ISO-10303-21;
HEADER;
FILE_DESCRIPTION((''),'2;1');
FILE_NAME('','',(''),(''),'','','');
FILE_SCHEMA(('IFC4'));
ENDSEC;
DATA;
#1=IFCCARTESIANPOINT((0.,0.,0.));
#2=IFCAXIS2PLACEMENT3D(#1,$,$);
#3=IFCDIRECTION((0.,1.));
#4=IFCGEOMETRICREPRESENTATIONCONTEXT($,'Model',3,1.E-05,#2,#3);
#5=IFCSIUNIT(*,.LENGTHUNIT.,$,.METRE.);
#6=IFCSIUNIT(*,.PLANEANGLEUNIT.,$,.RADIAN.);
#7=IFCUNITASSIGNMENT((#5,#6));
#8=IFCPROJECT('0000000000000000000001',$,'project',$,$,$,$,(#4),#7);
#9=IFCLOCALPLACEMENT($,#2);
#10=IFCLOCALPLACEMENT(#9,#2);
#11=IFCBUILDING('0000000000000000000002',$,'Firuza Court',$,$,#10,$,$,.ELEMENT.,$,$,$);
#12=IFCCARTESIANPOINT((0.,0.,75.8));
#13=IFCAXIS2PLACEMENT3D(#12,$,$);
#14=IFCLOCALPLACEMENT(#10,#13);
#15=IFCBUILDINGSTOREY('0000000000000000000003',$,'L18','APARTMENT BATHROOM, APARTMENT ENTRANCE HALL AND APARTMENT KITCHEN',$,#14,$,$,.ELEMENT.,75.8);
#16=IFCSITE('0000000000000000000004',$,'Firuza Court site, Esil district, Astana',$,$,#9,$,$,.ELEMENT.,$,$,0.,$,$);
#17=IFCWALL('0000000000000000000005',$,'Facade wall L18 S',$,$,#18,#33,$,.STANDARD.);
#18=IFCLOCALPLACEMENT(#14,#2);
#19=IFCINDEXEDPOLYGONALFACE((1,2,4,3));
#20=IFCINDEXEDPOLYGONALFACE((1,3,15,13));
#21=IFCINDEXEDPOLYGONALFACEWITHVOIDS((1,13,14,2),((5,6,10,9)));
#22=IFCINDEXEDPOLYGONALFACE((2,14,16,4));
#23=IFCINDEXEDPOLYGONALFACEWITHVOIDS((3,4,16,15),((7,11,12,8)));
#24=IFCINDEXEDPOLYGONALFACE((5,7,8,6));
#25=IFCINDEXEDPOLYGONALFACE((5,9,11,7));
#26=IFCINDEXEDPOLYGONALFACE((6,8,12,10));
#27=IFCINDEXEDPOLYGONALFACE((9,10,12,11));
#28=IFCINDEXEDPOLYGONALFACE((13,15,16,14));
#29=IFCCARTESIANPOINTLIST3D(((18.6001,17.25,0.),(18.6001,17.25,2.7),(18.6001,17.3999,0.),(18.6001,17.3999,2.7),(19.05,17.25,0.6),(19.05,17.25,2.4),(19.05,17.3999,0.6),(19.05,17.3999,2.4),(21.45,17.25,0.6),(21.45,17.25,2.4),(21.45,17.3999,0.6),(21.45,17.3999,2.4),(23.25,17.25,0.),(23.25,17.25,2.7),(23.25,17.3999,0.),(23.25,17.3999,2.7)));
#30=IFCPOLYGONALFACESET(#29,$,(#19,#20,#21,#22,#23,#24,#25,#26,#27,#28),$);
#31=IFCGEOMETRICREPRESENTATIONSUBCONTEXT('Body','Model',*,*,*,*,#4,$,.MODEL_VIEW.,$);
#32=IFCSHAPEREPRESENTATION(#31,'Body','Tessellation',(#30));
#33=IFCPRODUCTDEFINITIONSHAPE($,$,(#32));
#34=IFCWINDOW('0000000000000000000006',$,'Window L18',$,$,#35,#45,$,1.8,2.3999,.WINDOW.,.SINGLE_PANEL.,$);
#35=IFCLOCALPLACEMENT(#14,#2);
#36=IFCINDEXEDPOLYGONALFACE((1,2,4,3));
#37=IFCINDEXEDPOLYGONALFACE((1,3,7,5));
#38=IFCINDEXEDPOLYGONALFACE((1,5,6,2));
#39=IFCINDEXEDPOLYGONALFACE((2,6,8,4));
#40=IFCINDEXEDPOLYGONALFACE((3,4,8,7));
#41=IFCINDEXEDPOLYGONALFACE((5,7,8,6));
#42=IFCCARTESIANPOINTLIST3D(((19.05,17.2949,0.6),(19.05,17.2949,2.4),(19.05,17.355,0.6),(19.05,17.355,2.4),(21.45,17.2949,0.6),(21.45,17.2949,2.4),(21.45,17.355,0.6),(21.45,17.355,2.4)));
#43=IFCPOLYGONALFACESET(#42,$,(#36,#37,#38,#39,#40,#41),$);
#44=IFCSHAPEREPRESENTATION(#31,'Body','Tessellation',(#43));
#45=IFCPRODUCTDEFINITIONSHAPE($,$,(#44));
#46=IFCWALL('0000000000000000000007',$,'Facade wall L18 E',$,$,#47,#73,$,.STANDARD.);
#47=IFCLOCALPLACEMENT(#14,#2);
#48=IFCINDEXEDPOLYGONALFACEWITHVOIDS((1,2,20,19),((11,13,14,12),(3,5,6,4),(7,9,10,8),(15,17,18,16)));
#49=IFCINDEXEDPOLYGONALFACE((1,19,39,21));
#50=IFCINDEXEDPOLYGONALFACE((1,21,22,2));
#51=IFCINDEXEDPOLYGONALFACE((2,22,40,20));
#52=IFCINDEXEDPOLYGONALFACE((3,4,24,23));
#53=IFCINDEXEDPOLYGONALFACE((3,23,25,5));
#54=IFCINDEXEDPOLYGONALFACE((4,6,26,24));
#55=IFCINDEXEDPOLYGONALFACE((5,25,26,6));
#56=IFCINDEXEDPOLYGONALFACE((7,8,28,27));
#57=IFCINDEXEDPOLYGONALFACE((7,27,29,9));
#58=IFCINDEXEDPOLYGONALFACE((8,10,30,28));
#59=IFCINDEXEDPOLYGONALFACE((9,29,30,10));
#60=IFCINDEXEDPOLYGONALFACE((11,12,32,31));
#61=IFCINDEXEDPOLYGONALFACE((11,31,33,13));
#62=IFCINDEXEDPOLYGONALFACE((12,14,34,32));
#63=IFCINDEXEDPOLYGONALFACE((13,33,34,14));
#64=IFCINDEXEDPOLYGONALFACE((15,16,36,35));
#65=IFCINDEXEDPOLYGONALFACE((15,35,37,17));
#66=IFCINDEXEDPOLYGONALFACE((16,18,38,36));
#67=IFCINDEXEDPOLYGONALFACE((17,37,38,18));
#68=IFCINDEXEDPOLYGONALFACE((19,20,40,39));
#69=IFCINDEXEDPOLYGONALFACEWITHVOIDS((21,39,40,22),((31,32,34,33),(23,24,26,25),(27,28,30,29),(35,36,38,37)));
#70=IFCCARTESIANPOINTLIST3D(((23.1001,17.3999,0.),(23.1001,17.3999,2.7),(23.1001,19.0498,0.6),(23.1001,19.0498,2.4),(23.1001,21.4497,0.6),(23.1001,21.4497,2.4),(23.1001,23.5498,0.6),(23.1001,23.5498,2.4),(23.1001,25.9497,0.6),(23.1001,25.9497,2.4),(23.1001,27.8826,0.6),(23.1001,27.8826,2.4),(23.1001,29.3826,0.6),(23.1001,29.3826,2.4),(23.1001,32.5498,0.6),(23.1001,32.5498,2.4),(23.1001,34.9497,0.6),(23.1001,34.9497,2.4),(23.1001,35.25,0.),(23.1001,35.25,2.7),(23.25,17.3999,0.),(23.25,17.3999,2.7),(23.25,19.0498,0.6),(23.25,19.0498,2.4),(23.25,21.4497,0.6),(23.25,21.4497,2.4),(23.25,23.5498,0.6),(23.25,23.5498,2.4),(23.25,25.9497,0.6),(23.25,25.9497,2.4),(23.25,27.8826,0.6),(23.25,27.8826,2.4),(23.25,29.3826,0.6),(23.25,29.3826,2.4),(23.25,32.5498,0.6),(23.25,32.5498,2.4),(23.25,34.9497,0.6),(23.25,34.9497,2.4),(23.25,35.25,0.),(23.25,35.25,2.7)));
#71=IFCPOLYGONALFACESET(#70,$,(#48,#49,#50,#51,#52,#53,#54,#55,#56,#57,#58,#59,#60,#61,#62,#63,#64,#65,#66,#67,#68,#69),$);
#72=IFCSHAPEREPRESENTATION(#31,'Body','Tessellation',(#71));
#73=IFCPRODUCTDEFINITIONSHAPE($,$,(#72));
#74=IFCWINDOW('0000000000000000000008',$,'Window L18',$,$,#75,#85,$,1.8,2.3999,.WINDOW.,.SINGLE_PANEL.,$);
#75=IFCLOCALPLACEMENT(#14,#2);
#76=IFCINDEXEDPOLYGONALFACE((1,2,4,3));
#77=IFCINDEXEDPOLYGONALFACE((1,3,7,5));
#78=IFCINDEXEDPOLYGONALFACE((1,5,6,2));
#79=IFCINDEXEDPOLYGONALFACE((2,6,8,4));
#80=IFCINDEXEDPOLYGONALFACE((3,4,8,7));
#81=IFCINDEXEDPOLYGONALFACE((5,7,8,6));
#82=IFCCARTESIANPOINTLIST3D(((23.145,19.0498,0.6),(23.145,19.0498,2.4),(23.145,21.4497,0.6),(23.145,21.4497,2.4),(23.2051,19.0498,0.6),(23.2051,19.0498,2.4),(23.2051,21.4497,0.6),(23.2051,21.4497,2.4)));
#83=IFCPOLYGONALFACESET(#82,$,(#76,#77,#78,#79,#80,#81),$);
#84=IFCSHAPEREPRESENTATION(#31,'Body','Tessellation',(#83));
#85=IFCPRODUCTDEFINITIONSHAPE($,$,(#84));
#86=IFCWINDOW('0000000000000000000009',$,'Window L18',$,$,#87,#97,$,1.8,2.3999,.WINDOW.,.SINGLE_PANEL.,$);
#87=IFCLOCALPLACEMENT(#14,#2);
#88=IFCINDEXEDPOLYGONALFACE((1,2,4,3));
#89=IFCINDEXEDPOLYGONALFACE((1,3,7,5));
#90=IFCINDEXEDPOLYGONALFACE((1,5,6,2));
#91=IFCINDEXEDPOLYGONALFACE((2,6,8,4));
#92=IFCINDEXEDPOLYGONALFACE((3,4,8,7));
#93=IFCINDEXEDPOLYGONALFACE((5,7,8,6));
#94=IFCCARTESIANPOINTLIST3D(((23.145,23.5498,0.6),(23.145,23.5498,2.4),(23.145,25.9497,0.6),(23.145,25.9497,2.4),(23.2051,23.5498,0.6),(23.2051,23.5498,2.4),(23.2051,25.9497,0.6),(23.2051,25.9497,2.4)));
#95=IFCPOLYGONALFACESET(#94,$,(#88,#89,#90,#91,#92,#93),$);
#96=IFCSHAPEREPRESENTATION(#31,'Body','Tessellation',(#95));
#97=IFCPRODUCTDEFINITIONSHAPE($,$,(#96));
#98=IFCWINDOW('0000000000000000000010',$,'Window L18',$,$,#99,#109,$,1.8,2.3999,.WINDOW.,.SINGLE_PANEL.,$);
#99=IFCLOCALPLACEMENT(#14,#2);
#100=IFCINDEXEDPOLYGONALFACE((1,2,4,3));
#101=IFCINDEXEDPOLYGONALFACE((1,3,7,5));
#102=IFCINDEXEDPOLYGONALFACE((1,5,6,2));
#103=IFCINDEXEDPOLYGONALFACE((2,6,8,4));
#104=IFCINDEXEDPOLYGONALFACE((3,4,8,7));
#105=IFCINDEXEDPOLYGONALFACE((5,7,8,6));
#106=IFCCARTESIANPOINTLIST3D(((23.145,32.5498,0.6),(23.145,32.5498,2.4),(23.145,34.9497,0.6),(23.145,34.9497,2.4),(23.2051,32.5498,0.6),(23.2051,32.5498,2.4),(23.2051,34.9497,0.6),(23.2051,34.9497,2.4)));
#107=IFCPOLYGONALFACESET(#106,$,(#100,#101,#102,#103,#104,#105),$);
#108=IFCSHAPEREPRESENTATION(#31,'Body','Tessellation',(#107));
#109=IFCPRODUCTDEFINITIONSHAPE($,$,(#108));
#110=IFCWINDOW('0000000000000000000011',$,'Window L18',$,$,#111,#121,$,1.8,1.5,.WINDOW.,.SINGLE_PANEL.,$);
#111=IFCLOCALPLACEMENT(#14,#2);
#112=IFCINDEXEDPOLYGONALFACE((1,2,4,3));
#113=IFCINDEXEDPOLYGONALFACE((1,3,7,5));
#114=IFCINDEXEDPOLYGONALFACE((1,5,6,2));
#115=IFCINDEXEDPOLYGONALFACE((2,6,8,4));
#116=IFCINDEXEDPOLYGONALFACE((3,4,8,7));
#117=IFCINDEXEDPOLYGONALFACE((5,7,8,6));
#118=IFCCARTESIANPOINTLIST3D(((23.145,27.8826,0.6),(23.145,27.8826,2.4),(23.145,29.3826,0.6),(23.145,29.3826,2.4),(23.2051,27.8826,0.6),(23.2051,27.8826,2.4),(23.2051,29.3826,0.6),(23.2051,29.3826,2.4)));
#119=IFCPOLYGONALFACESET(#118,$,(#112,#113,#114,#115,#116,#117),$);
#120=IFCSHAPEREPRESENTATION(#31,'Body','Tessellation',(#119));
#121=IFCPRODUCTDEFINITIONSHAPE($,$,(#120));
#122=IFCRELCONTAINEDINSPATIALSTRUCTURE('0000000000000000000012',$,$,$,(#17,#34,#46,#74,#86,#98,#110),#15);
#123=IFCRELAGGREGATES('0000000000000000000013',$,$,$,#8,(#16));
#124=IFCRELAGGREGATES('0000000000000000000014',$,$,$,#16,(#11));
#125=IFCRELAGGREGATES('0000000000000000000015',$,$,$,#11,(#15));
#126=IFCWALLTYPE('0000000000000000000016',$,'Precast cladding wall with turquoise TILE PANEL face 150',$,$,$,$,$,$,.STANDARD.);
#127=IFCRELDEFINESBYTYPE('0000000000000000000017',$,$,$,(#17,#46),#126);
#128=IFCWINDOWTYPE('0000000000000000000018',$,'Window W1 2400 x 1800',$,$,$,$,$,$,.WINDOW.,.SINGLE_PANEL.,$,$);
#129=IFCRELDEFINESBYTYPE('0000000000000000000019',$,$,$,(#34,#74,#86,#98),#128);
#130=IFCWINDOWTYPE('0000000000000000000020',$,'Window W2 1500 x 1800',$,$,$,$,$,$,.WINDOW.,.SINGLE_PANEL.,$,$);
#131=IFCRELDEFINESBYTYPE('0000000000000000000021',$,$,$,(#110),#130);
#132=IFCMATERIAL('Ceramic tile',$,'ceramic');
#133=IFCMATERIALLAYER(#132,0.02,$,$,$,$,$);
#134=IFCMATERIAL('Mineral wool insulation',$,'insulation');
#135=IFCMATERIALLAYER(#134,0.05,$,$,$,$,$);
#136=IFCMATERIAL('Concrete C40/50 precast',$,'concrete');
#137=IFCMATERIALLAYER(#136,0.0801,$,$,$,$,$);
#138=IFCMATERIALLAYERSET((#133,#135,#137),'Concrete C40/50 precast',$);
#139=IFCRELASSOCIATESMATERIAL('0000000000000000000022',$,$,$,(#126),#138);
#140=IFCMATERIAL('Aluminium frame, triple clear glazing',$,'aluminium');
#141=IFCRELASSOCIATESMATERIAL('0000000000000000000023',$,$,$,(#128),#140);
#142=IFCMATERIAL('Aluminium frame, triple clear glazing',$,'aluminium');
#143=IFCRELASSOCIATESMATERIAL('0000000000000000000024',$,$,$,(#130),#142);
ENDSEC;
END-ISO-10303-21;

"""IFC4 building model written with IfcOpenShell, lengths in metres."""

from ifc_helpers import new_model, si_unit, direction, frame, frame_2d, origin, place, context, subcontext, project, spatial, rectangle, extrude, material, layer, layer_set, type_object, element, fill, save


model = new_model("IFC4")

# Units and contexts
model_context = context("Model", 3, precision=1e-05, world=origin(), true_north=direction((0.0, 1.0)))
body_context = subcontext(model_context, "Body", "Model", "MODEL_VIEW")
ifc_project = project(units=[si_unit("LENGTHUNIT", "METRE"), si_unit("PLANEANGLEUNIT", "RADIAN")], contexts=[model_context])

# Site, building, storey
site_placement = place(None, origin())
site = spatial("IfcSite", under=ifc_project, at=site_placement, Name="Firuza Court site, Esil district, Astana", CompositionType="ELEMENT", RefElevation=0.0)
building_placement = place(site_placement, origin())
building = spatial("IfcBuilding", under=site, at=building_placement, Name="Firuza Court", CompositionType="ELEMENT")
storey_placement = place(building_placement, frame((0.0, 0.0, 75.8)))
storey = spatial("IfcBuildingStorey", under=building, at=storey_placement, Name="L18", Description="APARTMENT BATHROOM, APARTMENT ENTRANCE HALL AND APARTMENT KITCHEN", CompositionType="ELEMENT", Elevation=75.8)

# Shared definitions
ifc_material_1 = material(Name="Ceramic tile", Category="ceramic")
ifc_layer_1 = layer(ifc_material_1, 0.02)
ifc_material_2 = material(Name="Mineral wool insulation", Category="insulation")
ifc_layer_2 = layer(ifc_material_2, 0.05)
ifc_material_3 = material(Name="Concrete C40/50 precast", Category="concrete")
ifc_layer_3 = layer(ifc_material_3, 0.0801)
ifc_layer_set_1 = layer_set([ifc_layer_1, ifc_layer_2, ifc_layer_3], Name="Concrete C40/50 precast")
wall_type_1 = type_object("IfcWallType", Name="Precast cladding wall with turquoise TILE PANEL face 150", PredefinedType="STANDARD", material=ifc_layer_set_1)
ifc_material_4 = material(Name="Aluminium frame, triple clear glazing", Category="aluminium")
window_type_1 = type_object("IfcWindowType", Name="Window W1 2400 x 1800", PartitioningType="SINGLE_PANEL", PredefinedType="WINDOW", material=ifc_material_4)

# Wall, opening, window
wall_1_placement = place(storey_placement, frame((18.6001, 17.325, 0.0), z_axis=(0.0, 0.0, 1.0), x_axis=(1.0, 0.0, 0.0)))
wall_1 = element("IfcWall", 1, at=wall_1_placement, inside=storey, type_object=wall_type_1, Name="Facade wall L18 S", PredefinedType="STANDARD", context=body_context, shape_type="SweptSolid", body=[
    extrude(rectangle(XDim=4.6499, YDim=0.1499, at=frame_2d((2.325, 0.0))), origin(), (0.0, 0.0, 1.0), 2.7),
])
opening_1_placement = place(wall_1_placement, frame((0.45, 0.0, 0.6001)))
opening_1 = element("IfcOpeningElement", 2, at=opening_1_placement, cuts=wall_1, PredefinedType="OPENING", context=body_context, shape_type="SweptSolid", body=[
    extrude(rectangle(XDim=2.3999, YDim=1.8, at=frame_2d((1.2, 0.8999))), frame((0.0, 0.0869, 0.0), z_axis=(0.0, -1.0, 0.0), x_axis=(1.0, 0.0, 0.0)), (0.0, 0.0, 1.0), 0.1738),
])
window_1_placement = place(opening_1_placement, origin())
window_1 = element("IfcWindow", 3, at=window_1_placement, inside=storey, type_object=window_type_1, Name="Window L18", OverallHeight=1.8, OverallWidth=2.3999, PartitioningType="SINGLE_PANEL", PredefinedType="WINDOW", context=body_context, shape_type="SweptSolid", body=[
    extrude(rectangle(XDim=2.3999, YDim=1.8, at=frame_2d((1.2, 0.8999))), frame((0.0, 0.03, 0.0), z_axis=(0.0, -1.0, 0.0), x_axis=(1.0, 0.0, 0.0)), (0.0, 0.0, 1.0), 0.0601),
])
fill(opening_1, window_1)

# Wall, openings, windows
wall_2_placement = place(storey_placement, frame((23.175, 17.3999, 0.0), z_axis=(0.0, 0.0, 1.0), x_axis=(0.0, 1.0, 0.0)))
wall_2 = element("IfcWall", 4, at=wall_2_placement, inside=storey, type_object=wall_type_1, Name="Facade wall L18 E", PredefinedType="STANDARD", context=body_context, shape_type="SweptSolid", body=[
    extrude(rectangle(XDim=17.8501, YDim=0.1499, at=frame_2d((8.925, 0.0))), origin(), (0.0, 0.0, 1.0), 2.7),
])
opening_2_placement = place(wall_2_placement, frame((1.6499, 0.0, 0.6001)))
opening_2 = element("IfcOpeningElement", 5, at=opening_2_placement, cuts=wall_2, PredefinedType="OPENING", context=body_context, shape_type="SweptSolid", body=[
    extrude(rectangle(XDim=2.3999, YDim=1.8, at=frame_2d((1.2, 0.8999))), frame((0.0, 0.0869, 0.0), z_axis=(0.0, -1.0, 0.0), x_axis=(1.0, 0.0, 0.0)), (0.0, 0.0, 1.0), 0.1738),
])
opening_3_placement = place(wall_2_placement, frame((6.1499, 0.0, 0.6001)))
opening_3 = element("IfcOpeningElement", 6, at=opening_3_placement, cuts=wall_2, PredefinedType="OPENING", context=body_context, shape_type="SweptSolid", body=[
    extrude(rectangle(XDim=2.3999, YDim=1.8, at=frame_2d((1.2, 0.8999))), frame((0.0, 0.0869, 0.0), z_axis=(0.0, -1.0, 0.0), x_axis=(1.0, 0.0, 0.0)), (0.0, 0.0, 1.0), 0.1738),
])
opening_4_placement = place(wall_2_placement, frame((10.4827, 0.0, 0.6001)))
opening_4 = element("IfcOpeningElement", 7, at=opening_4_placement, cuts=wall_2, PredefinedType="OPENING", context=body_context, shape_type="SweptSolid", body=[
    extrude(rectangle(XDim=1.5, YDim=1.8, at=frame_2d((0.75, 0.8999))), frame((0.0, 0.0869, 0.0), z_axis=(0.0, -1.0, 0.0), x_axis=(1.0, 0.0, 0.0)), (0.0, 0.0, 1.0), 0.1738),
])
opening_5_placement = place(wall_2_placement, frame((15.1499, 0.0, 0.6001)))
opening_5 = element("IfcOpeningElement", 8, at=opening_5_placement, cuts=wall_2, PredefinedType="OPENING", context=body_context, shape_type="SweptSolid", body=[
    extrude(rectangle(XDim=2.3999, YDim=1.8, at=frame_2d((1.2, 0.8999))), frame((0.0, 0.0869, 0.0), z_axis=(0.0, -1.0, 0.0), x_axis=(1.0, 0.0, 0.0)), (0.0, 0.0, 1.0), 0.1738),
])
window_2_placement = place(opening_2_placement, origin())
window_2 = element("IfcWindow", 9, at=window_2_placement, inside=storey, type_object=window_type_1, Name="Window L18", OverallHeight=1.8, OverallWidth=2.3999, PartitioningType="SINGLE_PANEL", PredefinedType="WINDOW", context=body_context, shape_type="SweptSolid", body=[
    extrude(rectangle(XDim=2.3999, YDim=1.8, at=frame_2d((1.2, 0.8999))), frame((0.0, 0.03, 0.0), z_axis=(0.0, -1.0, 0.0), x_axis=(1.0, 0.0, 0.0)), (0.0, 0.0, 1.0), 0.0601),
])
fill(opening_2, window_2)
window_3_placement = place(opening_3_placement, origin())
window_3 = element("IfcWindow", 10, at=window_3_placement, inside=storey, type_object=window_type_1, Name="Window L18", OverallHeight=1.8, OverallWidth=2.3999, PartitioningType="SINGLE_PANEL", PredefinedType="WINDOW", context=body_context, shape_type="SweptSolid", body=[
    extrude(rectangle(XDim=2.3999, YDim=1.8, at=frame_2d((1.2, 0.8999))), frame((0.0, 0.03, 0.0), z_axis=(0.0, -1.0, 0.0), x_axis=(1.0, 0.0, 0.0)), (0.0, 0.0, 1.0), 0.0601),
])
fill(opening_3, window_3)
window_4_placement = place(opening_5_placement, origin())
window_4 = element("IfcWindow", 11, at=window_4_placement, inside=storey, type_object=window_type_1, Name="Window L18", OverallHeight=1.8, OverallWidth=2.3999, PartitioningType="SINGLE_PANEL", PredefinedType="WINDOW", context=body_context, shape_type="SweptSolid", body=[
    extrude(rectangle(XDim=2.3999, YDim=1.8, at=frame_2d((1.2, 0.8999))), frame((0.0, 0.03, 0.0), z_axis=(0.0, -1.0, 0.0), x_axis=(1.0, 0.0, 0.0)), (0.0, 0.0, 1.0), 0.0601),
])
fill(opening_5, window_4)
ifc_material_5 = material(Name="Aluminium frame, triple clear glazing", Category="aluminium")
window_type_2 = type_object("IfcWindowType", Name="Window W2 1500 x 1800", PartitioningType="SINGLE_PANEL", PredefinedType="WINDOW", material=ifc_material_5)
window_5_placement = place(opening_4_placement, origin())
window_5 = element("IfcWindow", 12, at=window_5_placement, inside=storey, type_object=window_type_2, Name="Window L18", OverallHeight=1.8, OverallWidth=1.5, PartitioningType="SINGLE_PANEL", PredefinedType="WINDOW", context=body_context, shape_type="SweptSolid", body=[
    extrude(rectangle(XDim=1.5, YDim=1.8, at=frame_2d((0.75, 0.8999))), frame((0.0, 0.03, 0.0), z_axis=(0.0, -1.0, 0.0), x_axis=(1.0, 0.0, 0.0)), (0.0, 0.0, 1.0), 0.0601),
])
fill(opening_4, window_5)

save(model, "model.ifc")
